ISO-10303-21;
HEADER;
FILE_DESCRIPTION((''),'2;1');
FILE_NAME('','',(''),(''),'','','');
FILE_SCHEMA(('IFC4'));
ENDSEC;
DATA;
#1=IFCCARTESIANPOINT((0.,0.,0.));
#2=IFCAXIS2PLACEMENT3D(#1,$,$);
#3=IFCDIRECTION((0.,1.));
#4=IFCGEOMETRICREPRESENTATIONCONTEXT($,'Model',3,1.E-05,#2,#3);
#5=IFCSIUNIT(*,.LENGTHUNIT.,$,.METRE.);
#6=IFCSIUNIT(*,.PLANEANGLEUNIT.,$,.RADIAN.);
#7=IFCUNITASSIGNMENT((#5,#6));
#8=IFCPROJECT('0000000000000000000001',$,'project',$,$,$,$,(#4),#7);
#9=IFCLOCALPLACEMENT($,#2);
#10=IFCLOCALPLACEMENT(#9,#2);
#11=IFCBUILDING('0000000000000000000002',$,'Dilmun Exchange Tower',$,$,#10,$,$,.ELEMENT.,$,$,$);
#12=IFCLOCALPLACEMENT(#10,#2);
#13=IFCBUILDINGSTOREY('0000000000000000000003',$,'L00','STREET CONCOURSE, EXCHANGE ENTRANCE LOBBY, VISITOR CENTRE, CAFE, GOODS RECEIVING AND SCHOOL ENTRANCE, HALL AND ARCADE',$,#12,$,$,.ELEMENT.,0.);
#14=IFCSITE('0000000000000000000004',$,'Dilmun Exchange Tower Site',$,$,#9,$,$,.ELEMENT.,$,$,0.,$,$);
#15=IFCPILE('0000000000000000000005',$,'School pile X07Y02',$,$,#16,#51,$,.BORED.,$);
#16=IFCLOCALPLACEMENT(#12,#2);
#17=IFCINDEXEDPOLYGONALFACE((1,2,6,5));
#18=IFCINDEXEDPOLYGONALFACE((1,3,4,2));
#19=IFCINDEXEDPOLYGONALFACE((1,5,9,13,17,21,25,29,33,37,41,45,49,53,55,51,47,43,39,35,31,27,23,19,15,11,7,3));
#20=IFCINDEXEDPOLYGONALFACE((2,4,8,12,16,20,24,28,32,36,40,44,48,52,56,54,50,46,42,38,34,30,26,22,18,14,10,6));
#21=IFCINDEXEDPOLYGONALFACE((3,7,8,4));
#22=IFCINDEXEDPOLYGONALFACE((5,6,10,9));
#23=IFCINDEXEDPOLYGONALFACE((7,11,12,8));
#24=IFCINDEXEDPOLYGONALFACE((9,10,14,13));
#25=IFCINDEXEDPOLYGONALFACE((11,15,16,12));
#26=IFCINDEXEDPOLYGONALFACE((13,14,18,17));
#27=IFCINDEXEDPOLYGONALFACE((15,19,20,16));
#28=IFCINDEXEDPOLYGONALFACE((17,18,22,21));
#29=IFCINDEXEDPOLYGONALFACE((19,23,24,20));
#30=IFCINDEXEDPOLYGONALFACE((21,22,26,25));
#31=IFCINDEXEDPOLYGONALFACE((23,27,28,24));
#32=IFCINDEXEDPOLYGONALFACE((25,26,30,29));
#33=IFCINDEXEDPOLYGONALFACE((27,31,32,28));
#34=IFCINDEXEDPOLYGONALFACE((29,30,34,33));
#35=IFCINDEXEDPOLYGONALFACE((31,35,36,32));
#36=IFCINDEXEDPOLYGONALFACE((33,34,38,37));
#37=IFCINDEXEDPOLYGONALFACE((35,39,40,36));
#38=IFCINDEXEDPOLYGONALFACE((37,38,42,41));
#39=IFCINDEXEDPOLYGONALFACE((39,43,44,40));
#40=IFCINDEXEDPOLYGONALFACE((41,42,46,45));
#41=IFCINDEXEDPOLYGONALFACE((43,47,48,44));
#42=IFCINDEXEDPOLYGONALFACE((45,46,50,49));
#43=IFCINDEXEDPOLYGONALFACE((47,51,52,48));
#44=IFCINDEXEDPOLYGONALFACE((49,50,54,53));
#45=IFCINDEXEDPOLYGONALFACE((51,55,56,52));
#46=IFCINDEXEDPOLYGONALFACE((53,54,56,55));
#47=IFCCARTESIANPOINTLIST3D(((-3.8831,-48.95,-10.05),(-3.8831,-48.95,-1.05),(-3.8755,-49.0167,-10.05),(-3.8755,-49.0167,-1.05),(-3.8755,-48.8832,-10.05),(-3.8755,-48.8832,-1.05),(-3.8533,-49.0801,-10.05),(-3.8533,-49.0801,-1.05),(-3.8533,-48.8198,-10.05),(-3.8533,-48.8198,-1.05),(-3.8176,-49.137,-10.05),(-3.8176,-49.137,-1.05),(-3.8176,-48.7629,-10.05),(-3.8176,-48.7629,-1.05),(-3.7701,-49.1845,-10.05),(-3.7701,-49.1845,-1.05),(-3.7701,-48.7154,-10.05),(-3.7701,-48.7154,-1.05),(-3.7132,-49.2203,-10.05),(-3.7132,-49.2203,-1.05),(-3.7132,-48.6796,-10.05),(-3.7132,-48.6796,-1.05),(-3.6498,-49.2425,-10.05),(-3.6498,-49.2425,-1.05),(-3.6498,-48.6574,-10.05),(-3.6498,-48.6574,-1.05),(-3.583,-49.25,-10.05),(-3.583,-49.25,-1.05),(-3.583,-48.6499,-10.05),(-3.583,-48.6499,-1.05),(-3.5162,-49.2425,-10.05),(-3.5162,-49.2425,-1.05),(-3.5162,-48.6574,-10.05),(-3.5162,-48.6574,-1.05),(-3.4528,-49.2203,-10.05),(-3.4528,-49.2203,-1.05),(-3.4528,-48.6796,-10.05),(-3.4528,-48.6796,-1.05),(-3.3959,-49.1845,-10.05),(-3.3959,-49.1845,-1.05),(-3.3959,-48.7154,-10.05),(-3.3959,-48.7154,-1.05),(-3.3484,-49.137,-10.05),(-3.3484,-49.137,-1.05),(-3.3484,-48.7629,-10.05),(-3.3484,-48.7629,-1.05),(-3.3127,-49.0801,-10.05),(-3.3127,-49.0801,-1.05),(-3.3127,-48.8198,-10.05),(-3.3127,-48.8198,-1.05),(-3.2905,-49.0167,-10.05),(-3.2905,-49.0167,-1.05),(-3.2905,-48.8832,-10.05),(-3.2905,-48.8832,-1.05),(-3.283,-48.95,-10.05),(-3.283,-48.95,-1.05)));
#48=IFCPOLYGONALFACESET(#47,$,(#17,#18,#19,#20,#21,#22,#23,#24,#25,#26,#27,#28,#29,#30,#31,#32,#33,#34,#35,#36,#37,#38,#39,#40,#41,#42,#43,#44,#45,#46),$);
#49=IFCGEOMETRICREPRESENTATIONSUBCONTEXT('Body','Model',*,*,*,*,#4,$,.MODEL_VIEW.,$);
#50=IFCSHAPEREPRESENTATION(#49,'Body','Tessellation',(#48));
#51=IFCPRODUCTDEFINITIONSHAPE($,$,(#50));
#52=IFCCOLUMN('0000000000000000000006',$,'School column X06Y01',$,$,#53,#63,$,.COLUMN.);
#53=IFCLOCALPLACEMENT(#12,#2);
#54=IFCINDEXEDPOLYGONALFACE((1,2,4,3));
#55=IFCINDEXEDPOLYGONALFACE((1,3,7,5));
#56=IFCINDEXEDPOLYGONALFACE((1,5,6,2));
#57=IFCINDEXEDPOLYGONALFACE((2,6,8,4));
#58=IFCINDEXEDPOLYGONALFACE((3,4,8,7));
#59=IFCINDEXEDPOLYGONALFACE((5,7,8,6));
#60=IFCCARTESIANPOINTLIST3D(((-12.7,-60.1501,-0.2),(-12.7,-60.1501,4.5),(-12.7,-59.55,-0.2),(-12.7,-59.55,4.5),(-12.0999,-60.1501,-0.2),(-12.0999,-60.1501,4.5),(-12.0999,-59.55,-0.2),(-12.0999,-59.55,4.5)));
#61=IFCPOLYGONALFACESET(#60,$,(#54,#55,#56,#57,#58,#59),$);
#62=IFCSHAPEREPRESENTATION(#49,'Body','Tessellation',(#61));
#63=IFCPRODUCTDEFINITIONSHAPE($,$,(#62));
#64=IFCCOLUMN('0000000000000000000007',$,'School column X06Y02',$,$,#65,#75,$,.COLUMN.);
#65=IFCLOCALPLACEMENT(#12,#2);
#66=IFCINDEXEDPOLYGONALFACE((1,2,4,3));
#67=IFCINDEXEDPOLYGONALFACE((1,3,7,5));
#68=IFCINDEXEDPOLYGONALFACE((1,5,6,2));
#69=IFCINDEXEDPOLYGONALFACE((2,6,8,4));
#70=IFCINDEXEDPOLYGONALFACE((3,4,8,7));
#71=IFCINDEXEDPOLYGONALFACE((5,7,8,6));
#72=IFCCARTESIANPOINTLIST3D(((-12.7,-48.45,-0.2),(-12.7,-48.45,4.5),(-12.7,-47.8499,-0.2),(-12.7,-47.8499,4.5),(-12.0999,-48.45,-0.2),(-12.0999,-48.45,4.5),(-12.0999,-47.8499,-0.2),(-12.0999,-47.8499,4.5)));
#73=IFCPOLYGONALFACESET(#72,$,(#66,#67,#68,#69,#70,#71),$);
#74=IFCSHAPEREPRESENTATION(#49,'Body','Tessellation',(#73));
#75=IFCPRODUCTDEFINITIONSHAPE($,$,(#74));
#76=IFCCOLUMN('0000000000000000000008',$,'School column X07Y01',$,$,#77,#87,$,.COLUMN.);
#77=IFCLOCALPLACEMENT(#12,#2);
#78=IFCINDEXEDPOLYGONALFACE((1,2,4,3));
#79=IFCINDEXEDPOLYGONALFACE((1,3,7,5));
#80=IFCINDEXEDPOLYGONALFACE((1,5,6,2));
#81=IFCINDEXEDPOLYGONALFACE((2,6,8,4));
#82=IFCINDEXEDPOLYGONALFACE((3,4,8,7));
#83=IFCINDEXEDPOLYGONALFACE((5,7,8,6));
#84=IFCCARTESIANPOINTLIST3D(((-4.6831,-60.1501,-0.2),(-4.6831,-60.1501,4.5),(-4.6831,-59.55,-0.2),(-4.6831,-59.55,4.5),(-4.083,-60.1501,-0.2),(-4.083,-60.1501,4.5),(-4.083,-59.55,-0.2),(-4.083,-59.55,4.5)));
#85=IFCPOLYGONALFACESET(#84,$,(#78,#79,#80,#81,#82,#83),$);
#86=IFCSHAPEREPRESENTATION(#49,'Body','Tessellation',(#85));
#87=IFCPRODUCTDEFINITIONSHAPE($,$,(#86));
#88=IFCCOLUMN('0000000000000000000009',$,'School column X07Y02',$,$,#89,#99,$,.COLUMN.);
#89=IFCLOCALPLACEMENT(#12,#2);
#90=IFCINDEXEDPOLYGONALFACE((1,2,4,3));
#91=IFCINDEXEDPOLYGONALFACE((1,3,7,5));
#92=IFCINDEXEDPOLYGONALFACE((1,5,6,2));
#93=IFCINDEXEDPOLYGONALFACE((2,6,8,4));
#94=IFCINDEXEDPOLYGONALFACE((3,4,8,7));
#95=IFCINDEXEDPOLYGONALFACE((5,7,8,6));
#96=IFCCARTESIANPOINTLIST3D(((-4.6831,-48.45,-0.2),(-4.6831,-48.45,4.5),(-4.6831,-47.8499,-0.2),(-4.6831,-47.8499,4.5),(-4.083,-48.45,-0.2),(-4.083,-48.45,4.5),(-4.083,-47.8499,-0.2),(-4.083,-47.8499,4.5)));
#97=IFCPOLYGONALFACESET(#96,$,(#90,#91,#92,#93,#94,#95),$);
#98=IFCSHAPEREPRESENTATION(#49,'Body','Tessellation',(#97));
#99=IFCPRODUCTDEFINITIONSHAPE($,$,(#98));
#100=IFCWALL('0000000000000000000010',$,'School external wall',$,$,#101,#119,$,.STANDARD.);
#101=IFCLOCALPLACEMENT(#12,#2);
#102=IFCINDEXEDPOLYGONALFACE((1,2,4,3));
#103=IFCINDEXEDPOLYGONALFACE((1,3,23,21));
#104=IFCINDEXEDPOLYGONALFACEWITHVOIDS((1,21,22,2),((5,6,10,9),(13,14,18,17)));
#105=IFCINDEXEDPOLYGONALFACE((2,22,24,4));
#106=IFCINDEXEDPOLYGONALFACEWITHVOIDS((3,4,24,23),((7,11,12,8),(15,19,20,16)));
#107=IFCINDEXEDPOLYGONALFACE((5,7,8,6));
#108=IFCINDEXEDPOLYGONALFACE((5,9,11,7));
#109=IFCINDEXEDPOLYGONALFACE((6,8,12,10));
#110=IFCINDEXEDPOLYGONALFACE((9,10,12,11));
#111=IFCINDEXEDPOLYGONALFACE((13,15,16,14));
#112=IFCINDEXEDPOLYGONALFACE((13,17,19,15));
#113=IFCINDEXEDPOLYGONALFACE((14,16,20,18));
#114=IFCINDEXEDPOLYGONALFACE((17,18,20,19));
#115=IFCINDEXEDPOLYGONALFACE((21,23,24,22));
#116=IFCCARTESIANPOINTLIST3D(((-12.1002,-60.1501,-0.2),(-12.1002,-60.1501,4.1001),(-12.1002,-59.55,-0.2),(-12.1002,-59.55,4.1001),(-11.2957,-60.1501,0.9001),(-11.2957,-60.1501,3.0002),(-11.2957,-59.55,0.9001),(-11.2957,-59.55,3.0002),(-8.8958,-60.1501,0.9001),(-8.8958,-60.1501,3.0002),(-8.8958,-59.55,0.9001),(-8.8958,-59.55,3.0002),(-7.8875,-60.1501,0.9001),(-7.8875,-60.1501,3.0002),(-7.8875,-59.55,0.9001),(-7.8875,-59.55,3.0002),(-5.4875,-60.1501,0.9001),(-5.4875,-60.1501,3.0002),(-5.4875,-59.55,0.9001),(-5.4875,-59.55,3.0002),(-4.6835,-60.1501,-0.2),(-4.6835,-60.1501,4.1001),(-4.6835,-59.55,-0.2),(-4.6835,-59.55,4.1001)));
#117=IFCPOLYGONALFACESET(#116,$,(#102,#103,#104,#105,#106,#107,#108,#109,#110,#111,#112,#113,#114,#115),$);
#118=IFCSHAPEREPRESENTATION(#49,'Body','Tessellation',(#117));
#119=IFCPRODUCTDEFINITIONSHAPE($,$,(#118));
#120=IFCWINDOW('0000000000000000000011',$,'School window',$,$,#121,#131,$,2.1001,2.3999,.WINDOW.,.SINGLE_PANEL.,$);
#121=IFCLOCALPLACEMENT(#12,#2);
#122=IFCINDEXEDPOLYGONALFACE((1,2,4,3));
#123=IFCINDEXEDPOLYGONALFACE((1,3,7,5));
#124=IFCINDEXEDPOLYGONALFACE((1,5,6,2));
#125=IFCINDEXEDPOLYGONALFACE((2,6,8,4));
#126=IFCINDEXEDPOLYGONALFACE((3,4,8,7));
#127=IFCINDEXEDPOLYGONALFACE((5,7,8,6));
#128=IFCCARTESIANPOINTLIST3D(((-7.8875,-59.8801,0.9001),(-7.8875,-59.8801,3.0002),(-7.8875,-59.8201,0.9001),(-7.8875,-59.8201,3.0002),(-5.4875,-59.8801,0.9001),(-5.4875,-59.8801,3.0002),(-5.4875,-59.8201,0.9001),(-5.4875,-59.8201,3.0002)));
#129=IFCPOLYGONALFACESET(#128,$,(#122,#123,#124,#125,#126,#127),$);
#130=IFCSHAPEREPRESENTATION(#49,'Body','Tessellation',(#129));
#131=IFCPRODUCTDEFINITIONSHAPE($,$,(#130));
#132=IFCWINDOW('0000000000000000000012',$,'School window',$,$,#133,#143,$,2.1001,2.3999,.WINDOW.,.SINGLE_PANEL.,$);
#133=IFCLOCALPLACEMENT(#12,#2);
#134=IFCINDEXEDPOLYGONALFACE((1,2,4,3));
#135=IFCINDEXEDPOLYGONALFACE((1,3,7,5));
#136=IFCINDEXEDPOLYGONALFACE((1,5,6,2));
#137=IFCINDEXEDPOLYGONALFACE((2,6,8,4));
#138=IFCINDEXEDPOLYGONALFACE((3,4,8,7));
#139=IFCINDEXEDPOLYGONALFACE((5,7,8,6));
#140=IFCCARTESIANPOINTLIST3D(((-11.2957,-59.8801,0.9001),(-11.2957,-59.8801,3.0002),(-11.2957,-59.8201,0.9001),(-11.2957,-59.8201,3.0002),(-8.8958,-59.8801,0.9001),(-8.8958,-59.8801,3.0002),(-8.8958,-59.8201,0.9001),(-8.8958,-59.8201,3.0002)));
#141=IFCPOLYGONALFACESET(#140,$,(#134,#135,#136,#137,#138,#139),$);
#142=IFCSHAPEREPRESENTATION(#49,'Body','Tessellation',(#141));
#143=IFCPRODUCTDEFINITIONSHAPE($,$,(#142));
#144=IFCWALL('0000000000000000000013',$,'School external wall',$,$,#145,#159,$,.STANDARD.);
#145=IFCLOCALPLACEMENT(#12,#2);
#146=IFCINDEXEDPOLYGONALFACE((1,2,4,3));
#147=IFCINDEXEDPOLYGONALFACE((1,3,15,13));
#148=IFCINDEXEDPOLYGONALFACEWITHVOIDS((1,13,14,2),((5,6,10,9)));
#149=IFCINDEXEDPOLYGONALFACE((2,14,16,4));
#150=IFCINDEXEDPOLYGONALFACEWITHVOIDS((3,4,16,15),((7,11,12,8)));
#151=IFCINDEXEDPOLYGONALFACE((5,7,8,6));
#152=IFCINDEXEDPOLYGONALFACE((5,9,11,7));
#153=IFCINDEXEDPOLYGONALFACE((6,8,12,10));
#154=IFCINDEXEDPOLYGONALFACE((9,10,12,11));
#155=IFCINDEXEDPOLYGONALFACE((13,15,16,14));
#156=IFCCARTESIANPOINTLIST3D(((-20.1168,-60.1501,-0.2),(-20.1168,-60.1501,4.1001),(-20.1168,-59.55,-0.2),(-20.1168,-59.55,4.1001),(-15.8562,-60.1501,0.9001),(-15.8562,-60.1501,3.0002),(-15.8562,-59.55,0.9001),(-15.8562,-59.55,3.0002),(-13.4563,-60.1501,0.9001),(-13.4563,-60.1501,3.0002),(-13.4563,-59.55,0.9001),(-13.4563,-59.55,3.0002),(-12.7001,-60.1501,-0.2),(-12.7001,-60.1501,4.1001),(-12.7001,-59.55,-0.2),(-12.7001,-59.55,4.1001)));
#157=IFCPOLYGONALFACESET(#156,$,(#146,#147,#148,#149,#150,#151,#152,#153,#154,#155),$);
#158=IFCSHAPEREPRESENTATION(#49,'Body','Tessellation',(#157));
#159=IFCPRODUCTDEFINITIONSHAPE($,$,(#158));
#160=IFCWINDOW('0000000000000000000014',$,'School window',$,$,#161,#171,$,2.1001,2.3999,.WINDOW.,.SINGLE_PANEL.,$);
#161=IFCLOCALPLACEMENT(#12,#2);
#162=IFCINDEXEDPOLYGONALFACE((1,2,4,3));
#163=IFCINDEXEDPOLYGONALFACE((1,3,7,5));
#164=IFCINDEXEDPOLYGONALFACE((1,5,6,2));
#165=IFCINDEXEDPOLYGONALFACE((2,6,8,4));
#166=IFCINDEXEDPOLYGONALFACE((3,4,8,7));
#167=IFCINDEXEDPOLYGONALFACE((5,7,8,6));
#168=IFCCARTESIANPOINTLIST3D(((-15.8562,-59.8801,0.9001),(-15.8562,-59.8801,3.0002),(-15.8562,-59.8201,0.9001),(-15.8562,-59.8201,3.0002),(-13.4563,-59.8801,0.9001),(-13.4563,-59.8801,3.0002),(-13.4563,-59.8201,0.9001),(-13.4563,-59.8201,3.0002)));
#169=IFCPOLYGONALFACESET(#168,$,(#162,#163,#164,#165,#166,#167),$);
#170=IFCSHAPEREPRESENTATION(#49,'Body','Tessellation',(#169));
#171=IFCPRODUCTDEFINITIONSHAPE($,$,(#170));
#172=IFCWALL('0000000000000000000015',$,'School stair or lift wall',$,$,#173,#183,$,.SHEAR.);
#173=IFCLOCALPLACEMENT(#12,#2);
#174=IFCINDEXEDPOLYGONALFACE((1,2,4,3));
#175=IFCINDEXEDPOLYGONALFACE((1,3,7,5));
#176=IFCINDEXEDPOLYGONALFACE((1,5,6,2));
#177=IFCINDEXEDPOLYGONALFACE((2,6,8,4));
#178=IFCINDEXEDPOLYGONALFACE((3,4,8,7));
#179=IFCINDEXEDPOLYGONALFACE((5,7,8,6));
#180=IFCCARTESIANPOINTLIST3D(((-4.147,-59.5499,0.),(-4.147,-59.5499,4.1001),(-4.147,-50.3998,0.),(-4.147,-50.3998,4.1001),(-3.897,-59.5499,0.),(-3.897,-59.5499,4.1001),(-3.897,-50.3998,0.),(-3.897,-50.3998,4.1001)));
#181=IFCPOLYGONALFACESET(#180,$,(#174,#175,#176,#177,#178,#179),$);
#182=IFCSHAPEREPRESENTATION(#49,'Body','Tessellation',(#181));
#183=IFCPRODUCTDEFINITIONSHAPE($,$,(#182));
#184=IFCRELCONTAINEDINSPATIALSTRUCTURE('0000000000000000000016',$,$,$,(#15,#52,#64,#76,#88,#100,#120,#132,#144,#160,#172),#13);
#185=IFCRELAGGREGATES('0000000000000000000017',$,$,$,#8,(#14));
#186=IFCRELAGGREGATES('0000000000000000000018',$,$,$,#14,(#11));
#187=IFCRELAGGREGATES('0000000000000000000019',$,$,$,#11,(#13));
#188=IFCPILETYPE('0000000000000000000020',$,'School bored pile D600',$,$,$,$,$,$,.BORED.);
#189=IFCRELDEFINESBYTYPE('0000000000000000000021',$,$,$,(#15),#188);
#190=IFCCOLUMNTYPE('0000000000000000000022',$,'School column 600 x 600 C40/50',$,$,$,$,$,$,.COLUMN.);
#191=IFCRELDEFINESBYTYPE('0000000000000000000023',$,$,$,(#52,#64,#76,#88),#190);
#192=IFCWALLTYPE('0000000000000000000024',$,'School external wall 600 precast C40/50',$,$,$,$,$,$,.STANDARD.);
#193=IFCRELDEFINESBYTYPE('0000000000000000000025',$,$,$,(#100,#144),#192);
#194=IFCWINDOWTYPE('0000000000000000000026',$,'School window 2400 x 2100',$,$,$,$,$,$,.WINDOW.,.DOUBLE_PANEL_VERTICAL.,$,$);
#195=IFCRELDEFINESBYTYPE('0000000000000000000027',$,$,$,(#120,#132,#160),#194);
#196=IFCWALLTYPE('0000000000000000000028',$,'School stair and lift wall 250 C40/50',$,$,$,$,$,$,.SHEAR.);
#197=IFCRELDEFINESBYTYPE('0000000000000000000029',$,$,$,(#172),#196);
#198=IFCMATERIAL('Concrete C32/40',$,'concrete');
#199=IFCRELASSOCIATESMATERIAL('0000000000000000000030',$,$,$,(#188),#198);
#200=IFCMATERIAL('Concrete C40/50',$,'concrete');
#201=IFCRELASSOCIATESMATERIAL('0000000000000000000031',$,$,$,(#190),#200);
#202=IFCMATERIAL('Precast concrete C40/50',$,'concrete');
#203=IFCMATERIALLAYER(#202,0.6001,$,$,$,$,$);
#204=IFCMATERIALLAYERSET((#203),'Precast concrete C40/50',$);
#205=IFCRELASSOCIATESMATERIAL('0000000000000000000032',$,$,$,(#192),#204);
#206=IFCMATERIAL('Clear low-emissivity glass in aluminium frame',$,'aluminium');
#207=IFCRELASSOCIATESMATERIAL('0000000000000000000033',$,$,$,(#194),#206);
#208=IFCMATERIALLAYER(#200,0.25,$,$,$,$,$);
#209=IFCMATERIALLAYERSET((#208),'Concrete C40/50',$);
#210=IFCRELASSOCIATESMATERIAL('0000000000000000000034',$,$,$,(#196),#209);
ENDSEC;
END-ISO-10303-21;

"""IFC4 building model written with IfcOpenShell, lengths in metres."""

from ifc_helpers import new_model, si_unit, direction, frame, frame_2d, origin, origin_2d, place, context, subcontext, project, spatial, rectangle, circle, extrude, material, layer, layer_set, material_profile, profile_set, type_object, element, fill, save


model = new_model("IFC4")

# Units and contexts
model_context = context("Model", 3, precision=1e-05, world=origin(), true_north=direction((0.0, 1.0)))
body_context = subcontext(model_context, "Body", "Model", "MODEL_VIEW")
ifc_project = project(units=[si_unit("LENGTHUNIT", "METRE"), si_unit("PLANEANGLEUNIT", "RADIAN")], contexts=[model_context])

# Site, building, storey
site_placement = place(None, origin())
site = spatial("IfcSite", under=ifc_project, at=site_placement, Name="Dilmun Exchange Tower Site", CompositionType="ELEMENT", RefElevation=0.0)
building_placement = place(site_placement, origin())
building = spatial("IfcBuilding", under=site, at=building_placement, Name="Dilmun Exchange Tower", CompositionType="ELEMENT")
storey_placement = place(building_placement, origin())
storey = spatial("IfcBuildingStorey", under=building, at=storey_placement, Name="L00", Description="STREET CONCOURSE, EXCHANGE ENTRANCE LOBBY, VISITOR CENTRE, CAFE, GOODS RECEIVING AND SCHOOL ENTRANCE, HALL AND ARCADE", CompositionType="ELEMENT", Elevation=0.0)

# Pile
ifc_material_1 = material(Name="Concrete C32/40", Category="concrete")
ifc_material_profile_1 = material_profile(ifc_material_1, circle(Radius=0.3, at=origin_2d()), Name="D600")
ifc_profile_set_1 = profile_set([ifc_material_profile_1], Name="Concrete C32/40")
pile_type = type_object("IfcPileType", Name="School bored pile D600", PredefinedType="BORED", material=ifc_profile_set_1)
for number, where, z_axis, x_axis, name in (
    (1, (-3.583, -48.95, -1.05), (0.0, 0.0, -1.0), (1.0, 0.0, 0.0), "School pile X07Y02"),
):
    element("IfcPile", number, at=place(storey_placement, frame(where, z_axis=z_axis, x_axis=x_axis)), inside=storey, type_object=pile_type, Name=name, PredefinedType="BORED", context=body_context, shape_type="SweptSolid", body=[
        extrude(circle(Radius=0.3, at=origin_2d()), origin(), (0.0, 0.0, 1.0), 9.0),
    ])

# Columns
ifc_material_2 = material(Name="Concrete C40/50", Category="concrete")
ifc_material_profile_2 = material_profile(ifc_material_2, rectangle(XDim=0.6001, YDim=0.6001, at=origin_2d()), Name="600 x 600")
ifc_profile_set_2 = profile_set([ifc_material_profile_2], Name="Concrete C40/50")
column_type = type_object("IfcColumnType", Name="School column 600 x 600 C40/50", PredefinedType="COLUMN", material=ifc_profile_set_2)
for number, where, z_axis, x_axis, name in (
    (2, (-12.3999, -59.8501, -0.2), (0.0, 0.0, 1.0), (1.0, 0.0, 0.0), "School column X06Y01"),
    (3, (-12.3999, -48.1499, -0.2), (0.0, 0.0, 1.0), (1.0, 0.0, 0.0), "School column X06Y02"),
    (4, (-4.3831, -59.8501, -0.2), (0.0, 0.0, 1.0), (1.0, 0.0, 0.0), "School column X07Y01"),
    (5, (-4.3831, -48.1499, -0.2), (0.0, 0.0, 1.0), (1.0, 0.0, 0.0), "School column X07Y02"),
):
    element("IfcColumn", number, at=place(storey_placement, frame(where, z_axis=z_axis, x_axis=x_axis)), inside=storey, type_object=column_type, Name=name, PredefinedType="COLUMN", context=body_context, shape_type="SweptSolid", body=[
        extrude(rectangle(XDim=0.6001, YDim=0.6001, at=origin_2d()), origin(), (0.0, 0.0, 1.0), 4.7),
    ])

# Wall, openings, windows
ifc_material_3 = material(Name="Precast concrete C40/50", Category="concrete")
ifc_layer_1 = layer(ifc_material_3, 0.6001)
ifc_layer_set_1 = layer_set([ifc_layer_1], Name="Precast concrete C40/50")
wall_type_1 = type_object("IfcWallType", Name="School external wall 600 precast C40/50", PredefinedType="STANDARD", material=ifc_layer_set_1)
wall_1_placement = place(storey_placement, frame((-4.6833, -59.8501, -0.2), z_axis=(0.0, 0.0, 1.0), x_axis=(-1.0, 0.0, 0.0)))
wall_1 = element("IfcWall", 6, at=wall_1_placement, inside=storey, type_object=wall_type_1, Name="School external wall", PredefinedType="STANDARD", context=body_context, shape_type="SweptSolid", body=[
    extrude(rectangle(XDim=7.4167, YDim=0.6001, at=frame_2d((3.7085, 0.0))), origin(), (0.0, 0.0, 1.0), 4.3),
])
opening_1_placement = place(wall_1_placement, frame((0.8042, 0.0, 1.1001)))
opening_1 = element("IfcOpeningElement", 7, at=opening_1_placement, cuts=wall_1, PredefinedType="OPENING", context=body_context, shape_type="SweptSolid", body=[
    extrude(rectangle(XDim=2.3999, YDim=2.1001, at=frame_2d((1.2, 1.05))), frame((0.0, 0.3101, 0.0), z_axis=(0.0, -1.0, 0.0), x_axis=(1.0, 0.0, 0.0)), (0.0, 0.0, 1.0), 0.6201),
])
opening_2_placement = place(wall_1_placement, frame((4.2124, 0.0, 1.1001)))
opening_2 = element("IfcOpeningElement", 8, at=opening_2_placement, cuts=wall_1, PredefinedType="OPENING", context=body_context, shape_type="SweptSolid", body=[
    extrude(rectangle(XDim=2.3999, YDim=2.1001, at=frame_2d((1.2, 1.05))), frame((0.0, 0.3101, 0.0), z_axis=(0.0, -1.0, 0.0), x_axis=(1.0, 0.0, 0.0)), (0.0, 0.0, 1.0), 0.6201),
])
ifc_material_4 = material(Name="Clear low-emissivity glass in aluminium frame", Category="aluminium")
window_type = type_object("IfcWindowType", Name="School window 2400 x 2100", PartitioningType="DOUBLE_PANEL_VERTICAL", PredefinedType="WINDOW", material=ifc_material_4)
window_1_placement = place(opening_1_placement, origin())
window_1 = element("IfcWindow", 9, at=window_1_placement, inside=storey, type_object=window_type, Name="School window", OverallHeight=2.1001, OverallWidth=2.3999, PartitioningType="SINGLE_PANEL", PredefinedType="WINDOW", context=body_context, shape_type="SweptSolid", body=[
    extrude(rectangle(XDim=2.3999, YDim=2.1001, at=frame_2d((1.2, 1.05))), frame((0.0, 0.03, 0.0), z_axis=(0.0, -1.0, 0.0), x_axis=(1.0, 0.0, 0.0)), (0.0, 0.0, 1.0), 0.0601),
])
fill(opening_1, window_1)
window_2_placement = place(opening_2_placement, origin())
window_2 = element("IfcWindow", 10, at=window_2_placement, inside=storey, type_object=window_type, Name="School window", OverallHeight=2.1001, OverallWidth=2.3999, PartitioningType="SINGLE_PANEL", PredefinedType="WINDOW", context=body_context, shape_type="SweptSolid", body=[
    extrude(rectangle(XDim=2.3999, YDim=2.1001, at=frame_2d((1.2, 1.05))), frame((0.0, 0.03, 0.0), z_axis=(0.0, -1.0, 0.0), x_axis=(1.0, 0.0, 0.0)), (0.0, 0.0, 1.0), 0.0601),
])
fill(opening_2, window_2)

# Wall, opening, window
wall_2_placement = place(storey_placement, frame((-12.7, -59.8501, -0.2), z_axis=(0.0, 0.0, 1.0), x_axis=(-1.0, 0.0, 0.0)))
wall_2 = element("IfcWall", 11, at=wall_2_placement, inside=storey, type_object=wall_type_1, Name="School external wall", PredefinedType="STANDARD", context=body_context, shape_type="SweptSolid", body=[
    extrude(rectangle(XDim=7.4167, YDim=0.6001, at=frame_2d((3.7085, 0.0))), origin(), (0.0, 0.0, 1.0), 4.3),
])
opening_3_placement = place(wall_2_placement, frame((0.7563, 0.0, 1.1001)))
opening_3 = element("IfcOpeningElement", 12, at=opening_3_placement, cuts=wall_2, PredefinedType="OPENING", context=body_context, shape_type="SweptSolid", body=[
    extrude(rectangle(XDim=2.3999, YDim=2.1001, at=frame_2d((1.2, 1.05))), frame((0.0, 0.3101, 0.0), z_axis=(0.0, -1.0, 0.0), x_axis=(1.0, 0.0, 0.0)), (0.0, 0.0, 1.0), 0.6201),
])
window_3_placement = place(opening_3_placement, origin())
window_3 = element("IfcWindow", 13, at=window_3_placement, inside=storey, type_object=window_type, Name="School window", OverallHeight=2.1001, OverallWidth=2.3999, PartitioningType="SINGLE_PANEL", PredefinedType="WINDOW", context=body_context, shape_type="SweptSolid", body=[
    extrude(rectangle(XDim=2.3999, YDim=2.1001, at=frame_2d((1.2, 1.05))), frame((0.0, 0.03, 0.0), z_axis=(0.0, -1.0, 0.0), x_axis=(1.0, 0.0, 0.0)), (0.0, 0.0, 1.0), 0.0601),
])
fill(opening_3, window_3)

# Wall
ifc_layer_2 = layer(ifc_material_2, 0.25)
ifc_layer_set_2 = layer_set([ifc_layer_2], Name="Concrete C40/50")
wall_type_2 = type_object("IfcWallType", Name="School stair and lift wall 250 C40/50", PredefinedType="SHEAR", material=ifc_layer_set_2)
wall_3_placement = place(storey_placement, frame((-4.022, -59.55, 0.0), z_axis=(0.0, 0.0, 1.0), x_axis=(0.0, 1.0, 0.0)))
element("IfcWall", 14, at=wall_3_placement, inside=storey, type_object=wall_type_2, Name="School stair or lift wall", PredefinedType="SHEAR", context=body_context, shape_type="SweptSolid", body=[
    extrude(rectangle(XDim=9.1501, YDim=0.25, at=frame_2d((4.5752, 0.0))), origin(), (0.0, 0.0, 1.0), 4.1001),
])

save(model, "model.ifc")
